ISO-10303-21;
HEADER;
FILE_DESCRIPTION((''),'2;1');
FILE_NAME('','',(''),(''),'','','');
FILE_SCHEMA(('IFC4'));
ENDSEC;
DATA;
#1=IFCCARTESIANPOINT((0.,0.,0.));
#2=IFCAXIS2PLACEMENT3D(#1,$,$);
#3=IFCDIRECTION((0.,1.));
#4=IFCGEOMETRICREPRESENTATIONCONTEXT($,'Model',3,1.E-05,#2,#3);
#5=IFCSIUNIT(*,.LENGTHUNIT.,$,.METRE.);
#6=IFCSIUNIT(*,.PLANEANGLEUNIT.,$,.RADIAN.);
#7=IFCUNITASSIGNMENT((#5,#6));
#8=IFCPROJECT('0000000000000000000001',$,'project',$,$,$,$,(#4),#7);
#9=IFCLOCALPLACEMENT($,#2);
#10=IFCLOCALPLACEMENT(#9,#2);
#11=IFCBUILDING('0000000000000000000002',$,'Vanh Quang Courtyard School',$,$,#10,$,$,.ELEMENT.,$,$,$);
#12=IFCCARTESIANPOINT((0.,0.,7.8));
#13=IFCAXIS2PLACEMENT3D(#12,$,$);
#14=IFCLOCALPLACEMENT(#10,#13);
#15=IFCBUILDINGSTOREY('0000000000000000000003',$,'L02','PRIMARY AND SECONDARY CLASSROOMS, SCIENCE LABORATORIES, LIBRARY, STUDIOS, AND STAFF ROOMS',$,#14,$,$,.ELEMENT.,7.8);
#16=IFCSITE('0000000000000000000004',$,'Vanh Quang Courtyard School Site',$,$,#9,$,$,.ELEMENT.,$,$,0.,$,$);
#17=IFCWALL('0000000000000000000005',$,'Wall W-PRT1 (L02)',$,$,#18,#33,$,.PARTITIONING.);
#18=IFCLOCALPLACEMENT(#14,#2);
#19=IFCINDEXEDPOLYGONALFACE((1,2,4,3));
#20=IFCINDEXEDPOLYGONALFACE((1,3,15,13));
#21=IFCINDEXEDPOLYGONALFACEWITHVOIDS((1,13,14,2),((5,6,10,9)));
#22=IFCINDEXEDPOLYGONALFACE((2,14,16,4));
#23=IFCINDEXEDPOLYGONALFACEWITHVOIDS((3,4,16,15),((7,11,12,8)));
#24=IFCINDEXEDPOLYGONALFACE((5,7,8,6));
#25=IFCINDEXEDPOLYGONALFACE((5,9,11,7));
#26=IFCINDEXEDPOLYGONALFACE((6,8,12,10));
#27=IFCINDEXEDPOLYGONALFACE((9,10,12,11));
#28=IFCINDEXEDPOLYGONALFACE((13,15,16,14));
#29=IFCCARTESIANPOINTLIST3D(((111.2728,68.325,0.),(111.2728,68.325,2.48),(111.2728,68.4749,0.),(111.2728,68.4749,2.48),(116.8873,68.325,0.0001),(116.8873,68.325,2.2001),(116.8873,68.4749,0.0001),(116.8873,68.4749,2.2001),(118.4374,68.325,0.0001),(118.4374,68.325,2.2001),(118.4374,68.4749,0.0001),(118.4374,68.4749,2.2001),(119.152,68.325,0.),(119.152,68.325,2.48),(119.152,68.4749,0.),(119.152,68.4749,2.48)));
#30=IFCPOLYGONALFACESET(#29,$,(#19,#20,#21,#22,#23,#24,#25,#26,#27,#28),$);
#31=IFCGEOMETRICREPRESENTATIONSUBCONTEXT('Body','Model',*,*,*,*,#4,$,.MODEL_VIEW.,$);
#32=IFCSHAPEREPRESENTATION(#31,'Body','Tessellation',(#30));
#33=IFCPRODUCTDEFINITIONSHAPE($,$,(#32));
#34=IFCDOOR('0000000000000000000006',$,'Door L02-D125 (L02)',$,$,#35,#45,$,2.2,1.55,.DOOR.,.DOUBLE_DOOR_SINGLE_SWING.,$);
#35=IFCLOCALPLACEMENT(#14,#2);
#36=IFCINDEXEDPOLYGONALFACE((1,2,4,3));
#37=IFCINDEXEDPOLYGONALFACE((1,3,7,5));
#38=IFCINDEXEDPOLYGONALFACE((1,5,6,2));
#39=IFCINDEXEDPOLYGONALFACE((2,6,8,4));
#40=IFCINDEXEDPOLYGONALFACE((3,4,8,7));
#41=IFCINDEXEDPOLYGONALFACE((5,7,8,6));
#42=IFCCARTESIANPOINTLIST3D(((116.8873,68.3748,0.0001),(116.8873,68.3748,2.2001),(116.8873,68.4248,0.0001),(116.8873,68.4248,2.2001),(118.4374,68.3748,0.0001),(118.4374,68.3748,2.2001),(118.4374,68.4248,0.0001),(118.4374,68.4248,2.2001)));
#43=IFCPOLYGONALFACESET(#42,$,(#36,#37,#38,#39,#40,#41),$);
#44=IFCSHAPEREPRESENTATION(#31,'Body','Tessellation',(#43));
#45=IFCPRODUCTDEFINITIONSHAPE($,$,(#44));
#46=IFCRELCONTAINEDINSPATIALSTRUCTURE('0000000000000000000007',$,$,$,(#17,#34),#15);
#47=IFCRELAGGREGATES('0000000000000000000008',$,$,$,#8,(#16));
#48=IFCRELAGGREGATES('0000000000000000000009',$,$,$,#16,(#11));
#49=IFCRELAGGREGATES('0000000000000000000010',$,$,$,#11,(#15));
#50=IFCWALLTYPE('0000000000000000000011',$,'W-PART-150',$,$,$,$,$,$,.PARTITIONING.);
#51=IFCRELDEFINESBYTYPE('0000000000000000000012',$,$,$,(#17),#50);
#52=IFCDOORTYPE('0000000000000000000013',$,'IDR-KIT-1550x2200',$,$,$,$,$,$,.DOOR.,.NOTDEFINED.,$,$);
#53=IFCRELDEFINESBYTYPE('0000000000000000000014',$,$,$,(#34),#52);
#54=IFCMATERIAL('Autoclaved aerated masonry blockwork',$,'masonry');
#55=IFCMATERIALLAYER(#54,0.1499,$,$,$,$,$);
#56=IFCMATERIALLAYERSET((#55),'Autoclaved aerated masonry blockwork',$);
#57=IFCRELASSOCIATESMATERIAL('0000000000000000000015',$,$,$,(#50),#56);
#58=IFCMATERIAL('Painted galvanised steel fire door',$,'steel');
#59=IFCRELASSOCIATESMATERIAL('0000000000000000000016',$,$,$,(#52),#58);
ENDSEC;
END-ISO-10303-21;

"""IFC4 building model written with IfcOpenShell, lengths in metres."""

from ifc_helpers import new_model, si_unit, direction, frame, frame_2d, origin, place, context, subcontext, project, spatial, rectangle, extrude, material, layer, layer_set, type_object, element, fill, save


model = new_model("IFC4")

# Units and contexts
model_context = context("Model", 3, precision=1e-05, world=origin(), true_north=direction((0.0, 1.0)))
body_context = subcontext(model_context, "Body", "Model", "MODEL_VIEW")
ifc_project = project(units=[si_unit("LENGTHUNIT", "METRE"), si_unit("PLANEANGLEUNIT", "RADIAN")], contexts=[model_context])

# Site, building, storey
site_placement = place(None, origin())
site = spatial("IfcSite", under=ifc_project, at=site_placement, Name="Vanh Quang Courtyard School Site", CompositionType="ELEMENT", RefElevation=0.0)
building_placement = place(site_placement, origin())
building = spatial("IfcBuilding", under=site, at=building_placement, Name="Vanh Quang Courtyard School", CompositionType="ELEMENT")
storey_placement = place(building_placement, frame((0.0, 0.0, 7.8)))
storey = spatial("IfcBuildingStorey", under=building, at=storey_placement, Name="L02", Description="PRIMARY AND SECONDARY CLASSROOMS, SCIENCE LABORATORIES, LIBRARY, STUDIOS, AND STAFF ROOMS", CompositionType="ELEMENT", Elevation=7.8)

# Wall, opening, door
ifc_material_1 = material(Name="Autoclaved aerated masonry blockwork", Category="masonry")
ifc_layer_1 = layer(ifc_material_1, 0.1499)
ifc_layer_set_1 = layer_set([ifc_layer_1], Name="Autoclaved aerated masonry blockwork")
wall_type_1 = type_object("IfcWallType", Name="W-PART-150", PredefinedType="PARTITIONING", material=ifc_layer_set_1)
wall_1_placement = place(storey_placement, frame((111.2729, 68.3999, 0.0), z_axis=(0.0, 0.0, 1.0), x_axis=(1.0, 0.0, 0.0)))
wall_1 = element("IfcWall", 1, at=wall_1_placement, inside=storey, type_object=wall_type_1, Name="Wall W-PRT1 (L02)", PredefinedType="PARTITIONING", context=body_context, shape_type="SweptSolid", body=[
    extrude(rectangle(XDim=7.8792, YDim=0.1499, at=frame_2d((3.9395, 0.0))), origin(), (0.0, 0.0, 1.0), 2.48),
])
opening_placement = place(wall_1_placement, frame((5.6145, 0.0, 0.0)))
opening = element("IfcOpeningElement", 2, at=opening_placement, cuts=wall_1, PredefinedType="OPENING", context=body_context, shape_type="SweptSolid", body=[
    extrude(rectangle(XDim=1.55, YDim=2.2, at=frame_2d((0.7749, 1.1001))), frame((0.0, 0.085, 0.0), z_axis=(0.0, -1.0, 0.0), x_axis=(1.0, 0.0, 0.0)), (0.0, 0.0, 1.0), 0.1699),
])
ifc_material_2 = material(Name="Painted galvanised steel fire door", Category="steel")
door_type = type_object("IfcDoorType", Name="IDR-KIT-1550x2200", OperationType="NOTDEFINED", PredefinedType="DOOR", material=ifc_material_2)
door_placement = place(opening_placement, origin())
door = element("IfcDoor", 3, at=door_placement, inside=storey, type_object=door_type, Name="Door L02-D125 (L02)", OperationType="DOUBLE_DOOR_SINGLE_SWING", OverallHeight=2.2, OverallWidth=1.55, PredefinedType="DOOR", context=body_context, shape_type="SweptSolid", body=[
    extrude(rectangle(XDim=1.55, YDim=2.2, at=frame_2d((0.7749, 1.1001))), frame((0.0, 0.0249, 0.0), z_axis=(0.0, -1.0, 0.0), x_axis=(1.0, 0.0, 0.0)), (0.0, 0.0, 1.0), 0.05),
])
fill(opening, door)

save(model, "model.ifc")
